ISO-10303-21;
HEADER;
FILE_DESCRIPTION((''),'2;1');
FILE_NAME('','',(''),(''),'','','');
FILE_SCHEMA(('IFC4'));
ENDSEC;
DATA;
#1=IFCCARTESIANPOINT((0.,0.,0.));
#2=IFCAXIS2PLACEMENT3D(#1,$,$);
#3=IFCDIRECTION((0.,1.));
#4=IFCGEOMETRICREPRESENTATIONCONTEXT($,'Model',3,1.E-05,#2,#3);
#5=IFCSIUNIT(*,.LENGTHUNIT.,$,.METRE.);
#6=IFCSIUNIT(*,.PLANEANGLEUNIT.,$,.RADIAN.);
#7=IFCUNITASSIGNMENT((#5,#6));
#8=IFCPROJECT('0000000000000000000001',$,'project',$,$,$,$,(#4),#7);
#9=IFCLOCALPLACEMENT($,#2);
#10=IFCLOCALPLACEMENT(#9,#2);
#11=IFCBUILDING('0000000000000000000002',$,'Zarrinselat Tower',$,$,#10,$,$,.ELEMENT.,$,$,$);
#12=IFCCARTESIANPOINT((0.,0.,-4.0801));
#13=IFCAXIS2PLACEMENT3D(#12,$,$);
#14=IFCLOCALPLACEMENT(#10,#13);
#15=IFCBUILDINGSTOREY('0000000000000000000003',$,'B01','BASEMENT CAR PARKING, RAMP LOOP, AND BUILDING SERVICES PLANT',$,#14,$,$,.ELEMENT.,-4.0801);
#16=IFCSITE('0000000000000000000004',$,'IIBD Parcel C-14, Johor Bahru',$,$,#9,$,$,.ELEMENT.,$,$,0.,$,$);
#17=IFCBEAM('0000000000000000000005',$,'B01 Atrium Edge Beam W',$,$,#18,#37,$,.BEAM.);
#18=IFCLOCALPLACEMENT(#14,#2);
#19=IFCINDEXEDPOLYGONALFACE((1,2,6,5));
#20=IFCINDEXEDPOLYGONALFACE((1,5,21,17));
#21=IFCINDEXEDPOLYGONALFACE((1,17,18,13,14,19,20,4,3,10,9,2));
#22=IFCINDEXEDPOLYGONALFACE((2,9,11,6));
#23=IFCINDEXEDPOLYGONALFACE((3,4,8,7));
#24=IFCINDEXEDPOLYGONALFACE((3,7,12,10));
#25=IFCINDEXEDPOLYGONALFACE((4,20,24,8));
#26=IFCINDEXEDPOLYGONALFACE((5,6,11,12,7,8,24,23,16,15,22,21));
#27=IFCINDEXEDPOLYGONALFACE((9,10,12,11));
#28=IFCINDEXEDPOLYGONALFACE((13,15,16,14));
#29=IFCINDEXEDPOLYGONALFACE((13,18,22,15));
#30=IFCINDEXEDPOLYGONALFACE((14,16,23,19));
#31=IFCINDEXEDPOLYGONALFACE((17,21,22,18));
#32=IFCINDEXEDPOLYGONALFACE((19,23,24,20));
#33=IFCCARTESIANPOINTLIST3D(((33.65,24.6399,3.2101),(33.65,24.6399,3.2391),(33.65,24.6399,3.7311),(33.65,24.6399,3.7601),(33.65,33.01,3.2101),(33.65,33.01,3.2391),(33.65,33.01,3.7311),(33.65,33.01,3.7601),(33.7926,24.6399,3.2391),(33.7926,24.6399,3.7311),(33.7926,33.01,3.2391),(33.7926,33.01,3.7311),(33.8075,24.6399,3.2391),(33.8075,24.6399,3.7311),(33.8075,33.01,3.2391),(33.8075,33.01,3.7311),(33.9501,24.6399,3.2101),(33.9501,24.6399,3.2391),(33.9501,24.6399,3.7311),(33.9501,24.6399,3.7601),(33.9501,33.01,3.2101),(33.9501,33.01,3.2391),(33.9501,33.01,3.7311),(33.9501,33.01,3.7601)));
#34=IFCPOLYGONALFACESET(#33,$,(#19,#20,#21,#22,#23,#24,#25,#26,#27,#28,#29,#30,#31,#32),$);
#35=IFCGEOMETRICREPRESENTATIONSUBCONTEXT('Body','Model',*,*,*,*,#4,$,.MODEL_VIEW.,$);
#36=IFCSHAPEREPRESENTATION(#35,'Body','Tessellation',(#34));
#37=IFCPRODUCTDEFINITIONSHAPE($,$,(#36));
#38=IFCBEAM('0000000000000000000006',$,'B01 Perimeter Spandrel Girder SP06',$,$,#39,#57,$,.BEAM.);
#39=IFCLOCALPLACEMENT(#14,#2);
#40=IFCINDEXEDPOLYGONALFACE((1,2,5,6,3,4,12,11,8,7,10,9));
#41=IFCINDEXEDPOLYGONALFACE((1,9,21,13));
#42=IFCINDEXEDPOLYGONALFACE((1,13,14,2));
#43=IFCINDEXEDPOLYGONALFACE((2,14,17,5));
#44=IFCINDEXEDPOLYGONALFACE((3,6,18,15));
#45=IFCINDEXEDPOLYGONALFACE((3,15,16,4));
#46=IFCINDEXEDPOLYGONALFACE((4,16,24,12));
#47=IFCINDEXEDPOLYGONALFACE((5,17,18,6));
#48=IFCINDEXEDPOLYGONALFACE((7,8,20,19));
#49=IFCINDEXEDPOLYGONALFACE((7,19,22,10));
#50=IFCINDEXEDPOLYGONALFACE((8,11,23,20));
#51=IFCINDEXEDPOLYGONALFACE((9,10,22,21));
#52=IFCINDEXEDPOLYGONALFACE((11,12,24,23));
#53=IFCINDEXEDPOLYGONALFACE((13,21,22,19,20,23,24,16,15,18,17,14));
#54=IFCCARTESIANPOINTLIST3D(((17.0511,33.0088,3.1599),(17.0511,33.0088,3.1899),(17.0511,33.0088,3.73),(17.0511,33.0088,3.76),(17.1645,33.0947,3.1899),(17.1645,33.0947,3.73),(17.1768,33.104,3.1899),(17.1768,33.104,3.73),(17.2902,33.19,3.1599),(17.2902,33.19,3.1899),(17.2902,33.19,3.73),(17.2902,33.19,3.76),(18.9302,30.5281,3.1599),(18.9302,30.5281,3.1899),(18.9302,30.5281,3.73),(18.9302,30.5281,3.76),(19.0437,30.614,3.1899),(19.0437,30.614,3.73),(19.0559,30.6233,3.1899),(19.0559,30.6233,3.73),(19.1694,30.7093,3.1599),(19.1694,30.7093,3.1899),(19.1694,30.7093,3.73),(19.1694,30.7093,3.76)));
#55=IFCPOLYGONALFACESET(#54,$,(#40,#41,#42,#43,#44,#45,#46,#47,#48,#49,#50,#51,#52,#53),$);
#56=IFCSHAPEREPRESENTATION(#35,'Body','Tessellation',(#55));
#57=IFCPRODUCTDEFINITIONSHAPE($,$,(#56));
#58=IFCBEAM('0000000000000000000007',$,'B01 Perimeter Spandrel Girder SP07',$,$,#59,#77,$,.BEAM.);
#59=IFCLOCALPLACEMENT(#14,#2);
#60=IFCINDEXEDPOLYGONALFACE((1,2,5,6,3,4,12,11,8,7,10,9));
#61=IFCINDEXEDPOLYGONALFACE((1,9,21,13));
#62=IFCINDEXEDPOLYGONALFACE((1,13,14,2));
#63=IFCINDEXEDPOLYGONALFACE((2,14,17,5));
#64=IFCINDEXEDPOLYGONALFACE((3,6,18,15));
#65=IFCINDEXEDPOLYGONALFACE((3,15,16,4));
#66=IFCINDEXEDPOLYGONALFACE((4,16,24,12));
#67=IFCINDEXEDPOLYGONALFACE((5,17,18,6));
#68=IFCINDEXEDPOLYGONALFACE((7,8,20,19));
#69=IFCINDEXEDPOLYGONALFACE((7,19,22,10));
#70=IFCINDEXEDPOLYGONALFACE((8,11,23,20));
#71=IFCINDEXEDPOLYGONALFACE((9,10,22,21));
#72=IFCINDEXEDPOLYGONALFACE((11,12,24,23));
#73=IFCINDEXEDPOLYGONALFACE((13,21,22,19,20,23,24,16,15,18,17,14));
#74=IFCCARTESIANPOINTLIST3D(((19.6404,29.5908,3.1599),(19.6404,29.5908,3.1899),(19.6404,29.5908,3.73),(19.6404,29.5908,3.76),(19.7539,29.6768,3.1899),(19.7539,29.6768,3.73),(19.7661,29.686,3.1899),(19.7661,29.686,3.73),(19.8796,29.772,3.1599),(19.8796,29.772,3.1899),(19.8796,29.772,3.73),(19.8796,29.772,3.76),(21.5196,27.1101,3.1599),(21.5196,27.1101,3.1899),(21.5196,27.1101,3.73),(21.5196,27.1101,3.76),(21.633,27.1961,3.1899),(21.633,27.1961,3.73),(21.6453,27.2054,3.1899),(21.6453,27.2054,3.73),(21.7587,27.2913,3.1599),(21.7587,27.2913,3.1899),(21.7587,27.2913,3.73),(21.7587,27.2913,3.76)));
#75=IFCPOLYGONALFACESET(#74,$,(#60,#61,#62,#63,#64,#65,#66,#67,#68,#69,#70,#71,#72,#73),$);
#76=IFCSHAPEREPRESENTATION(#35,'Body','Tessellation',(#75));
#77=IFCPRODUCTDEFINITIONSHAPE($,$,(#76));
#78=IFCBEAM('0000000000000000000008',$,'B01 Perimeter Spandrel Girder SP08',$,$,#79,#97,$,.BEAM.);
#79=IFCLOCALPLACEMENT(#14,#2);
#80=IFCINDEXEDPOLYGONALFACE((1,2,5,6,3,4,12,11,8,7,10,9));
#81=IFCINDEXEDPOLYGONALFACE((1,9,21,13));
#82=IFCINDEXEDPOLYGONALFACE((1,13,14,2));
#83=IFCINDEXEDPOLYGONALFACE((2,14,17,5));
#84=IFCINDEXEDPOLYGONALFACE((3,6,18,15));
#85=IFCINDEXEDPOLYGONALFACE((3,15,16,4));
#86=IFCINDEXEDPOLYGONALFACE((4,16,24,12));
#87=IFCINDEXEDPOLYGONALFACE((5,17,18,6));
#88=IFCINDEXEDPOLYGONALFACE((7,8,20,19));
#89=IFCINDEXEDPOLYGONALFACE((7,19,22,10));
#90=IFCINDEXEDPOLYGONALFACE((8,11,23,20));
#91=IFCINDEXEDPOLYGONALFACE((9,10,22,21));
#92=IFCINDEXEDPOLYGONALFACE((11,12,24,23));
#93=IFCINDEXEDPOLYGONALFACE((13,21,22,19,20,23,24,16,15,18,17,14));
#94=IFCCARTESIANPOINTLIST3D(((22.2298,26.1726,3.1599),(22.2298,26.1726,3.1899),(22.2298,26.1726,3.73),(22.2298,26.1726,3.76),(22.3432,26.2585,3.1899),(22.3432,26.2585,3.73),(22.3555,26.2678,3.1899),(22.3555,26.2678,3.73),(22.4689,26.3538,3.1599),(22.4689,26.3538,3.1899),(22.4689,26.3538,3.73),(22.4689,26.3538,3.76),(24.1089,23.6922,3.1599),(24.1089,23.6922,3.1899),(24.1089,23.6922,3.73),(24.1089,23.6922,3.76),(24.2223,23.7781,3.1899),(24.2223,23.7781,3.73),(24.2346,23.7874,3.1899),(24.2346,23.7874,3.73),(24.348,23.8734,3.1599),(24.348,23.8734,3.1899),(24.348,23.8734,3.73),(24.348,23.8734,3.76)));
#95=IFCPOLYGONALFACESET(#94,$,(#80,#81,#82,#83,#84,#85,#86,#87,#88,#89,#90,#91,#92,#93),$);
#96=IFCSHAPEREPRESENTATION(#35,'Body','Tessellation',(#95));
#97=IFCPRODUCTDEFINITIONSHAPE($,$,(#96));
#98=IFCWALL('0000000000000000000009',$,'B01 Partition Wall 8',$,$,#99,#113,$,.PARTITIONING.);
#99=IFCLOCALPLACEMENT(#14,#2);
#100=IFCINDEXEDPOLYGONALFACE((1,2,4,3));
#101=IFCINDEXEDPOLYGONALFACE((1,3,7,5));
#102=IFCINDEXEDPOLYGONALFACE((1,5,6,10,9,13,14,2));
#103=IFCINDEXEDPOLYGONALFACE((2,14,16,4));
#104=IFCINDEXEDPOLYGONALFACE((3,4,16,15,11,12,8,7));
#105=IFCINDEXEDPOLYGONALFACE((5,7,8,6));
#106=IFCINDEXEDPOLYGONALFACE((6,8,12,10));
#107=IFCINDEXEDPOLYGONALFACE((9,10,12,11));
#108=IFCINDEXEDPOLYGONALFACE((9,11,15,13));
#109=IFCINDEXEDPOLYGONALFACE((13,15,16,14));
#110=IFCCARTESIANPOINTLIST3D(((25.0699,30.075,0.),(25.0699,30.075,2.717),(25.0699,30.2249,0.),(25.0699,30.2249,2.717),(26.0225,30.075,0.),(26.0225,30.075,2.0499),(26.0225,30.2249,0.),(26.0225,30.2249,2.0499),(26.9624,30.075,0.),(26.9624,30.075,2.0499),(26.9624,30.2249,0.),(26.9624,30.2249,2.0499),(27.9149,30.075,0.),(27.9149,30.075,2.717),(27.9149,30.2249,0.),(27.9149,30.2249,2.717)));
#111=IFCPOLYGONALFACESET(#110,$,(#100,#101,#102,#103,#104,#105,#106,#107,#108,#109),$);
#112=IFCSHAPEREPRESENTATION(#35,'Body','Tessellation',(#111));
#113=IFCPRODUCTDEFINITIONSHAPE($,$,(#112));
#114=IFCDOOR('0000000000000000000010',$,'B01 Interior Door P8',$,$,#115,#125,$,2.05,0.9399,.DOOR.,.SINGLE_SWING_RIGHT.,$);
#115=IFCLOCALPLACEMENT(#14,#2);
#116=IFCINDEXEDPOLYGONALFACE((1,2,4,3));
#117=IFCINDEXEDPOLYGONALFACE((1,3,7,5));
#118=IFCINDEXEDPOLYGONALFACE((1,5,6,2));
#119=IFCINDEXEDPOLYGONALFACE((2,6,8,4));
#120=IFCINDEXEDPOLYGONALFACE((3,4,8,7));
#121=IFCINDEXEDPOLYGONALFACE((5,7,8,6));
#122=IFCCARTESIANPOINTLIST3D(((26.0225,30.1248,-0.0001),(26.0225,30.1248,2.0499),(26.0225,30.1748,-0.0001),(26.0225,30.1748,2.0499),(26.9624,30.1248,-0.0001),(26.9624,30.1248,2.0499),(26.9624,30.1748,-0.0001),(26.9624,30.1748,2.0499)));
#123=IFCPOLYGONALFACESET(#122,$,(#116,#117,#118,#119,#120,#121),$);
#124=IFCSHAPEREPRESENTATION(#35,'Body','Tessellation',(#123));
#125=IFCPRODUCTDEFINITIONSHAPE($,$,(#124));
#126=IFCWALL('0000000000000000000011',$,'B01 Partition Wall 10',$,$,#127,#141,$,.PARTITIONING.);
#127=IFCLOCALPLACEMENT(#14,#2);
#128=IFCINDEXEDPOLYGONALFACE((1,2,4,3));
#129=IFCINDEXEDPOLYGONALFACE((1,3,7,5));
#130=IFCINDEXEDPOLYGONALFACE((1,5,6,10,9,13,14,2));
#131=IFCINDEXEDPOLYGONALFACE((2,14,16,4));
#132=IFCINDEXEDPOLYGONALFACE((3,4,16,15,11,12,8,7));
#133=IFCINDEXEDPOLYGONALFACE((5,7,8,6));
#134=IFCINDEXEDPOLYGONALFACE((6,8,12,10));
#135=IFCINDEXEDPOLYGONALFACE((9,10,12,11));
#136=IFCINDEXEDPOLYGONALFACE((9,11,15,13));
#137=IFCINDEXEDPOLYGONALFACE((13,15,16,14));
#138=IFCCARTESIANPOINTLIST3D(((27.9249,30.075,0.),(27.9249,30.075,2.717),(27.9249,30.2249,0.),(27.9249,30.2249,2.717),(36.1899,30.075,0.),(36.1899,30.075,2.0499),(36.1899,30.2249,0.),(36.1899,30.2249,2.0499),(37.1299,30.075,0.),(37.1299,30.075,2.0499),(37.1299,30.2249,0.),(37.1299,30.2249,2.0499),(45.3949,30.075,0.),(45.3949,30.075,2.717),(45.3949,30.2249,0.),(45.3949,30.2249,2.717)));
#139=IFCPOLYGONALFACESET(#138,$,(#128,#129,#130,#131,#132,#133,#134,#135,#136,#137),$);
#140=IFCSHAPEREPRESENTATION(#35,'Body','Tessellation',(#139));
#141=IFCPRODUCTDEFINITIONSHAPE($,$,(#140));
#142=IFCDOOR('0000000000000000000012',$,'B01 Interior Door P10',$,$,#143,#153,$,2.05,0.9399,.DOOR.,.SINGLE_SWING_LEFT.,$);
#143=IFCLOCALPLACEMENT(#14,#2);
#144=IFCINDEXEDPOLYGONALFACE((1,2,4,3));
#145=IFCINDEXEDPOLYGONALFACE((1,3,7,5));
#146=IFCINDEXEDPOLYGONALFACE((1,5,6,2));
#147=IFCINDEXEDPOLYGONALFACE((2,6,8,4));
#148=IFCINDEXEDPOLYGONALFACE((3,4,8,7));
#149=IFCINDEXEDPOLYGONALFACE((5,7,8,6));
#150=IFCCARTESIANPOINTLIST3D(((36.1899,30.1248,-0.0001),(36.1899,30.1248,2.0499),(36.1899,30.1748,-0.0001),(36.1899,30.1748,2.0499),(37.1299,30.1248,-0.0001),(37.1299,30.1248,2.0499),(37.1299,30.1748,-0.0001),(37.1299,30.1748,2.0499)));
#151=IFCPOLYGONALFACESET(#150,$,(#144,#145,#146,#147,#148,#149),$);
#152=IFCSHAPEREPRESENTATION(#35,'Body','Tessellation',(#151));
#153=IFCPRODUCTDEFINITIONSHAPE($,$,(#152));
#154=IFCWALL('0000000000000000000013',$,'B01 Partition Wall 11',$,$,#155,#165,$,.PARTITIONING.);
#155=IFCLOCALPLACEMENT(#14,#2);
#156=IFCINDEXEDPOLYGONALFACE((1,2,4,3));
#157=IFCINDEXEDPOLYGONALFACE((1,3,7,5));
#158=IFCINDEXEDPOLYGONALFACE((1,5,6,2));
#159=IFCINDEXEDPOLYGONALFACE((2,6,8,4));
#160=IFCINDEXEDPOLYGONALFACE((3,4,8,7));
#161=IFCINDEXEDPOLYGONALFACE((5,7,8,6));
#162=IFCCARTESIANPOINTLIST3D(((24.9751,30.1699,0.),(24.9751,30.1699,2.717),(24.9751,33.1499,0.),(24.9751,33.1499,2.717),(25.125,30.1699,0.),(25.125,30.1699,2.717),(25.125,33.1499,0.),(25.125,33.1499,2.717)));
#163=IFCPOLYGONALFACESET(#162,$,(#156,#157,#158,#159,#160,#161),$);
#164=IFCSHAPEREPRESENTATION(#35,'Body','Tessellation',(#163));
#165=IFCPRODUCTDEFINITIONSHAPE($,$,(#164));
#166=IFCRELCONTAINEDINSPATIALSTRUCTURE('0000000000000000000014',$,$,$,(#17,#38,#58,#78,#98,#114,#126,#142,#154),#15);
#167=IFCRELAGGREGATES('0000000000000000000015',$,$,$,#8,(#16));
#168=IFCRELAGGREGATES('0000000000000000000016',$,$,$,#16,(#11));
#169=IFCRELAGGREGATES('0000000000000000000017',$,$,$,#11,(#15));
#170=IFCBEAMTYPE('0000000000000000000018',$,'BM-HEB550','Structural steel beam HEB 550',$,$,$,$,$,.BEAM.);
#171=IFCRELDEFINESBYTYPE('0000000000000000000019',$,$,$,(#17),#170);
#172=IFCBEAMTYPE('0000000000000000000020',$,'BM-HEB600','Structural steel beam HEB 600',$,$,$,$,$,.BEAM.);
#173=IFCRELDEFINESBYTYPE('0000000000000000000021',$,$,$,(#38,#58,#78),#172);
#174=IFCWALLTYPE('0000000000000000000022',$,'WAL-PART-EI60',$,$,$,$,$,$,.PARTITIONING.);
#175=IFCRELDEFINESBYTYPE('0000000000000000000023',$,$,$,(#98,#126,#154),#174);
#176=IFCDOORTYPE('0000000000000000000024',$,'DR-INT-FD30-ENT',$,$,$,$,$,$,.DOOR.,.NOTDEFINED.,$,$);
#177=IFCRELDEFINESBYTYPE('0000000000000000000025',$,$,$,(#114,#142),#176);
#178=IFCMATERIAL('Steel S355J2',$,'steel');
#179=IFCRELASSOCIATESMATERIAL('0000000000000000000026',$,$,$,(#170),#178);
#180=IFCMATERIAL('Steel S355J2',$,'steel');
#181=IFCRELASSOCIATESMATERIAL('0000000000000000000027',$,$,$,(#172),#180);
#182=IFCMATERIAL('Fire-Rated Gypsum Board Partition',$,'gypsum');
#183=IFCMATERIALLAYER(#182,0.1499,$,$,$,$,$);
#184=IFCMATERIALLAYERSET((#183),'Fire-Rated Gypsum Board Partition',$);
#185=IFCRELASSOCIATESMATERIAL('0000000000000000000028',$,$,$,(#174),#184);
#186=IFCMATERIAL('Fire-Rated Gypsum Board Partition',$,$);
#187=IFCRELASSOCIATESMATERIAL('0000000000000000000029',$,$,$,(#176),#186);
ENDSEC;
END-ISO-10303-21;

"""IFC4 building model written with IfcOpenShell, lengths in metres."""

from ifc_helpers import new_model, si_unit, direction, frame, frame_2d, origin, origin_2d, place, context, subcontext, project, spatial, rectangle, i_section, extrude, material, layer, layer_set, material_profile, profile_set, type_object, element, fill, save


model = new_model("IFC4")

# Units and contexts
model_context = context("Model", 3, precision=1e-05, world=origin(), true_north=direction((0.0, 1.0)))
body_context = subcontext(model_context, "Body", "Model", "MODEL_VIEW")
ifc_project = project(units=[si_unit("LENGTHUNIT", "METRE"), si_unit("PLANEANGLEUNIT", "RADIAN")], contexts=[model_context])

# Site, building, storey
site_placement = place(None, origin())
site = spatial("IfcSite", under=ifc_project, at=site_placement, Name="IIBD Parcel C-14, Johor Bahru", CompositionType="ELEMENT", RefElevation=0.0)
building_placement = place(site_placement, origin())
building = spatial("IfcBuilding", under=site, at=building_placement, Name="Zarrinselat Tower", CompositionType="ELEMENT")
storey_placement = place(building_placement, frame((0.0, 0.0, -4.0801)))
storey = spatial("IfcBuildingStorey", under=building, at=storey_placement, Name="B01", Description="BASEMENT CAR PARKING, RAMP LOOP, AND BUILDING SERVICES PLANT", CompositionType="ELEMENT", Elevation=-4.0801)

# Beams
ifc_material_1 = material(Name="Steel S355J2", Category="steel")
ifc_material_profile_1 = material_profile(ifc_material_1, i_section(OverallWidth=0.3, OverallDepth=0.55, WebThickness=0.0149, FlangeThickness=0.0291, at=origin_2d()), Name="HEB 550")
ifc_profile_set_1 = profile_set([ifc_material_profile_1], Name="Steel S355J2")
beam_type_1 = type_object("IfcBeamType", Name="BM-HEB550", Description="Structural steel beam HEB 550", PredefinedType="BEAM", material=ifc_profile_set_1)
beam_1_placement = place(storey_placement, frame((33.8, 24.6399, 3.4851), z_axis=(0.0, 1.0, 0.0), x_axis=(-1.0, 0.0, 0.0)))
element("IfcBeam", 1, at=beam_1_placement, inside=storey, type_object=beam_type_1, Name="B01 Atrium Edge Beam W", PredefinedType="BEAM", context=body_context, shape_type="SweptSolid", body=[
    extrude(i_section(OverallWidth=0.3, OverallDepth=0.55, WebThickness=0.0149, FlangeThickness=0.0291, at=origin_2d()), origin(), (0.0, 0.0, 1.0), 8.3701),
])
ifc_material_2 = material(Name="Steel S355J2", Category="steel")
ifc_material_profile_2 = material_profile(ifc_material_2, i_section(OverallWidth=0.3, OverallDepth=0.6001, WebThickness=0.0154, FlangeThickness=0.03, at=origin_2d()), Name="HEB 600")
ifc_profile_set_2 = profile_set([ifc_material_profile_2], Name="Steel S355J2")
beam_type_2 = type_object("IfcBeamType", Name="BM-HEB600", Description="Structural steel beam HEB 600", PredefinedType="BEAM", material=ifc_profile_set_2)
for number, where, z_axis, x_axis, name in (
    (2, (17.1707, 33.0994, 3.46), (0.603821, -0.79712, 0.0), (0.79712, 0.603821, 0.0), "B01 Perimeter Spandrel Girder SP06"),
    (3, (19.76, 29.6814, 3.46), (0.603821, -0.79712, 0.0), (0.79712, 0.603821, 0.0), "B01 Perimeter Spandrel Girder SP07"),
):
    element("IfcBeam", number, at=place(storey_placement, frame(where, z_axis=z_axis, x_axis=x_axis)), inside=storey, type_object=beam_type_2, Name=name, PredefinedType="BEAM", context=body_context, shape_type="SweptSolid", body=[
        extrude(i_section(OverallWidth=0.3, OverallDepth=0.6001, WebThickness=0.0154, FlangeThickness=0.03, at=origin_2d()), origin(), (0.0, 0.0, 1.0), 3.1121),
    ])
beam_2_placement = place(storey_placement, frame((22.3494, 26.2632, 3.46), z_axis=(0.603859, -0.797091, 0.0), x_axis=(0.797091, 0.603859, 0.0)))
element("IfcBeam", 4, at=beam_2_placement, inside=storey, type_object=beam_type_2, Name="B01 Perimeter Spandrel Girder SP08", PredefinedType="BEAM", context=body_context, shape_type="SweptSolid", body=[
    extrude(i_section(OverallWidth=0.3, OverallDepth=0.6001, WebThickness=0.0154, FlangeThickness=0.03, at=origin_2d()), origin(), (0.0, 0.0, 1.0), 3.1118),
])

# Walls, openings, doors
ifc_material_3 = material(Name="Fire-Rated Gypsum Board Partition", Category="gypsum")
ifc_layer_1 = layer(ifc_material_3, 0.1499)
ifc_layer_set_1 = layer_set([ifc_layer_1], Name="Fire-Rated Gypsum Board Partition")
wall_type_1 = type_object("IfcWallType", Name="WAL-PART-EI60", PredefinedType="PARTITIONING", material=ifc_layer_set_1)
wall_1_placement = place(storey_placement, frame((25.0701, 30.1499, 0.0), z_axis=(0.0, 0.0, 1.0), x_axis=(1.0, 0.0, 0.0)))
wall_1 = element("IfcWall", 5, at=wall_1_placement, inside=storey, type_object=wall_type_1, Name="B01 Partition Wall 8", PredefinedType="PARTITIONING", context=body_context, shape_type="SweptSolid", body=[
    extrude(rectangle(XDim=2.845, YDim=0.1499, at=frame_2d((1.4224, 0.0))), origin(), (0.0, 0.0, 1.0), 2.717),
])
opening_1_placement = place(wall_1_placement, frame((0.9524, 0.0, 0.0)))
opening_1 = element("IfcOpeningElement", 6, at=opening_1_placement, cuts=wall_1, PredefinedType="OPENING", context=body_context, shape_type="SweptSolid", body=[
    extrude(rectangle(XDim=0.9399, YDim=2.05, at=frame_2d((0.47, 1.0249))), frame((0.0, 0.085, 0.0), z_axis=(0.0, -1.0, 0.0), x_axis=(1.0, 0.0, 0.0)), (0.0, 0.0, 1.0), 0.1699),
])
ifc_material_4 = material(Name="Fire-Rated Gypsum Board Partition")
door_type_1 = type_object("IfcDoorType", Name="DR-INT-FD30-ENT", OperationType="NOTDEFINED", PredefinedType="DOOR", material=ifc_material_4)
door_1_placement = place(opening_1_placement, origin())
door_1 = element("IfcDoor", 7, at=door_1_placement, inside=storey, type_object=door_type_1, Name="B01 Interior Door P8", OperationType="SINGLE_SWING_RIGHT", OverallHeight=2.05, OverallWidth=0.9399, PredefinedType="DOOR", context=body_context, shape_type="SweptSolid", body=[
    extrude(rectangle(XDim=0.9399, YDim=2.05, at=frame_2d((0.47, 1.0249))), frame((0.0, 0.0249, 0.0), z_axis=(0.0, -1.0, 0.0), x_axis=(1.0, 0.0, 0.0)), (0.0, 0.0, 1.0), 0.05),
])
fill(opening_1, door_1)
wall_2_placement = place(storey_placement, frame((27.925, 30.1499, 0.0), z_axis=(0.0, 0.0, 1.0), x_axis=(1.0, 0.0, 0.0)))
wall_2 = element("IfcWall", 8, at=wall_2_placement, inside=storey, type_object=wall_type_1, Name="B01 Partition Wall 10", PredefinedType="PARTITIONING", context=body_context, shape_type="SweptSolid", body=[
    extrude(rectangle(XDim=17.47, YDim=0.1499, at=frame_2d((8.7349, 0.0))), origin(), (0.0, 0.0, 1.0), 2.717),
])
opening_2_placement = place(wall_2_placement, frame((8.2649, 0.0, 0.0)))
opening_2 = element("IfcOpeningElement", 9, at=opening_2_placement, cuts=wall_2, PredefinedType="OPENING", context=body_context, shape_type="SweptSolid", body=[
    extrude(rectangle(XDim=0.9399, YDim=2.05, at=frame_2d((0.47, 1.0249))), frame((0.0, 0.085, 0.0), z_axis=(0.0, -1.0, 0.0), x_axis=(1.0, 0.0, 0.0)), (0.0, 0.0, 1.0), 0.1699),
])
door_2_placement = place(opening_2_placement, origin())
door_2 = element("IfcDoor", 10, at=door_2_placement, inside=storey, type_object=door_type_1, Name="B01 Interior Door P10", OperationType="SINGLE_SWING_LEFT", OverallHeight=2.05, OverallWidth=0.9399, PredefinedType="DOOR", context=body_context, shape_type="SweptSolid", body=[
    extrude(rectangle(XDim=0.9399, YDim=2.05, at=frame_2d((0.47, 1.0249))), frame((0.0, 0.0249, 0.0), z_axis=(0.0, -1.0, 0.0), x_axis=(1.0, 0.0, 0.0)), (0.0, 0.0, 1.0), 0.05),
])
fill(opening_2, door_2)

# Wall
wall_3_placement = place(storey_placement, frame((25.05, 30.1699, 0.0), z_axis=(0.0, 0.0, 1.0), x_axis=(0.0, 1.0, 0.0)))
element("IfcWall", 11, at=wall_3_placement, inside=storey, type_object=wall_type_1, Name="B01 Partition Wall 11", PredefinedType="PARTITIONING", context=body_context, shape_type="SweptSolid", body=[
    extrude(rectangle(XDim=2.98, YDim=0.1499, at=frame_2d((1.49, 0.0))), origin(), (0.0, 0.0, 1.0), 2.717),
])

save(model, "model.ifc")
